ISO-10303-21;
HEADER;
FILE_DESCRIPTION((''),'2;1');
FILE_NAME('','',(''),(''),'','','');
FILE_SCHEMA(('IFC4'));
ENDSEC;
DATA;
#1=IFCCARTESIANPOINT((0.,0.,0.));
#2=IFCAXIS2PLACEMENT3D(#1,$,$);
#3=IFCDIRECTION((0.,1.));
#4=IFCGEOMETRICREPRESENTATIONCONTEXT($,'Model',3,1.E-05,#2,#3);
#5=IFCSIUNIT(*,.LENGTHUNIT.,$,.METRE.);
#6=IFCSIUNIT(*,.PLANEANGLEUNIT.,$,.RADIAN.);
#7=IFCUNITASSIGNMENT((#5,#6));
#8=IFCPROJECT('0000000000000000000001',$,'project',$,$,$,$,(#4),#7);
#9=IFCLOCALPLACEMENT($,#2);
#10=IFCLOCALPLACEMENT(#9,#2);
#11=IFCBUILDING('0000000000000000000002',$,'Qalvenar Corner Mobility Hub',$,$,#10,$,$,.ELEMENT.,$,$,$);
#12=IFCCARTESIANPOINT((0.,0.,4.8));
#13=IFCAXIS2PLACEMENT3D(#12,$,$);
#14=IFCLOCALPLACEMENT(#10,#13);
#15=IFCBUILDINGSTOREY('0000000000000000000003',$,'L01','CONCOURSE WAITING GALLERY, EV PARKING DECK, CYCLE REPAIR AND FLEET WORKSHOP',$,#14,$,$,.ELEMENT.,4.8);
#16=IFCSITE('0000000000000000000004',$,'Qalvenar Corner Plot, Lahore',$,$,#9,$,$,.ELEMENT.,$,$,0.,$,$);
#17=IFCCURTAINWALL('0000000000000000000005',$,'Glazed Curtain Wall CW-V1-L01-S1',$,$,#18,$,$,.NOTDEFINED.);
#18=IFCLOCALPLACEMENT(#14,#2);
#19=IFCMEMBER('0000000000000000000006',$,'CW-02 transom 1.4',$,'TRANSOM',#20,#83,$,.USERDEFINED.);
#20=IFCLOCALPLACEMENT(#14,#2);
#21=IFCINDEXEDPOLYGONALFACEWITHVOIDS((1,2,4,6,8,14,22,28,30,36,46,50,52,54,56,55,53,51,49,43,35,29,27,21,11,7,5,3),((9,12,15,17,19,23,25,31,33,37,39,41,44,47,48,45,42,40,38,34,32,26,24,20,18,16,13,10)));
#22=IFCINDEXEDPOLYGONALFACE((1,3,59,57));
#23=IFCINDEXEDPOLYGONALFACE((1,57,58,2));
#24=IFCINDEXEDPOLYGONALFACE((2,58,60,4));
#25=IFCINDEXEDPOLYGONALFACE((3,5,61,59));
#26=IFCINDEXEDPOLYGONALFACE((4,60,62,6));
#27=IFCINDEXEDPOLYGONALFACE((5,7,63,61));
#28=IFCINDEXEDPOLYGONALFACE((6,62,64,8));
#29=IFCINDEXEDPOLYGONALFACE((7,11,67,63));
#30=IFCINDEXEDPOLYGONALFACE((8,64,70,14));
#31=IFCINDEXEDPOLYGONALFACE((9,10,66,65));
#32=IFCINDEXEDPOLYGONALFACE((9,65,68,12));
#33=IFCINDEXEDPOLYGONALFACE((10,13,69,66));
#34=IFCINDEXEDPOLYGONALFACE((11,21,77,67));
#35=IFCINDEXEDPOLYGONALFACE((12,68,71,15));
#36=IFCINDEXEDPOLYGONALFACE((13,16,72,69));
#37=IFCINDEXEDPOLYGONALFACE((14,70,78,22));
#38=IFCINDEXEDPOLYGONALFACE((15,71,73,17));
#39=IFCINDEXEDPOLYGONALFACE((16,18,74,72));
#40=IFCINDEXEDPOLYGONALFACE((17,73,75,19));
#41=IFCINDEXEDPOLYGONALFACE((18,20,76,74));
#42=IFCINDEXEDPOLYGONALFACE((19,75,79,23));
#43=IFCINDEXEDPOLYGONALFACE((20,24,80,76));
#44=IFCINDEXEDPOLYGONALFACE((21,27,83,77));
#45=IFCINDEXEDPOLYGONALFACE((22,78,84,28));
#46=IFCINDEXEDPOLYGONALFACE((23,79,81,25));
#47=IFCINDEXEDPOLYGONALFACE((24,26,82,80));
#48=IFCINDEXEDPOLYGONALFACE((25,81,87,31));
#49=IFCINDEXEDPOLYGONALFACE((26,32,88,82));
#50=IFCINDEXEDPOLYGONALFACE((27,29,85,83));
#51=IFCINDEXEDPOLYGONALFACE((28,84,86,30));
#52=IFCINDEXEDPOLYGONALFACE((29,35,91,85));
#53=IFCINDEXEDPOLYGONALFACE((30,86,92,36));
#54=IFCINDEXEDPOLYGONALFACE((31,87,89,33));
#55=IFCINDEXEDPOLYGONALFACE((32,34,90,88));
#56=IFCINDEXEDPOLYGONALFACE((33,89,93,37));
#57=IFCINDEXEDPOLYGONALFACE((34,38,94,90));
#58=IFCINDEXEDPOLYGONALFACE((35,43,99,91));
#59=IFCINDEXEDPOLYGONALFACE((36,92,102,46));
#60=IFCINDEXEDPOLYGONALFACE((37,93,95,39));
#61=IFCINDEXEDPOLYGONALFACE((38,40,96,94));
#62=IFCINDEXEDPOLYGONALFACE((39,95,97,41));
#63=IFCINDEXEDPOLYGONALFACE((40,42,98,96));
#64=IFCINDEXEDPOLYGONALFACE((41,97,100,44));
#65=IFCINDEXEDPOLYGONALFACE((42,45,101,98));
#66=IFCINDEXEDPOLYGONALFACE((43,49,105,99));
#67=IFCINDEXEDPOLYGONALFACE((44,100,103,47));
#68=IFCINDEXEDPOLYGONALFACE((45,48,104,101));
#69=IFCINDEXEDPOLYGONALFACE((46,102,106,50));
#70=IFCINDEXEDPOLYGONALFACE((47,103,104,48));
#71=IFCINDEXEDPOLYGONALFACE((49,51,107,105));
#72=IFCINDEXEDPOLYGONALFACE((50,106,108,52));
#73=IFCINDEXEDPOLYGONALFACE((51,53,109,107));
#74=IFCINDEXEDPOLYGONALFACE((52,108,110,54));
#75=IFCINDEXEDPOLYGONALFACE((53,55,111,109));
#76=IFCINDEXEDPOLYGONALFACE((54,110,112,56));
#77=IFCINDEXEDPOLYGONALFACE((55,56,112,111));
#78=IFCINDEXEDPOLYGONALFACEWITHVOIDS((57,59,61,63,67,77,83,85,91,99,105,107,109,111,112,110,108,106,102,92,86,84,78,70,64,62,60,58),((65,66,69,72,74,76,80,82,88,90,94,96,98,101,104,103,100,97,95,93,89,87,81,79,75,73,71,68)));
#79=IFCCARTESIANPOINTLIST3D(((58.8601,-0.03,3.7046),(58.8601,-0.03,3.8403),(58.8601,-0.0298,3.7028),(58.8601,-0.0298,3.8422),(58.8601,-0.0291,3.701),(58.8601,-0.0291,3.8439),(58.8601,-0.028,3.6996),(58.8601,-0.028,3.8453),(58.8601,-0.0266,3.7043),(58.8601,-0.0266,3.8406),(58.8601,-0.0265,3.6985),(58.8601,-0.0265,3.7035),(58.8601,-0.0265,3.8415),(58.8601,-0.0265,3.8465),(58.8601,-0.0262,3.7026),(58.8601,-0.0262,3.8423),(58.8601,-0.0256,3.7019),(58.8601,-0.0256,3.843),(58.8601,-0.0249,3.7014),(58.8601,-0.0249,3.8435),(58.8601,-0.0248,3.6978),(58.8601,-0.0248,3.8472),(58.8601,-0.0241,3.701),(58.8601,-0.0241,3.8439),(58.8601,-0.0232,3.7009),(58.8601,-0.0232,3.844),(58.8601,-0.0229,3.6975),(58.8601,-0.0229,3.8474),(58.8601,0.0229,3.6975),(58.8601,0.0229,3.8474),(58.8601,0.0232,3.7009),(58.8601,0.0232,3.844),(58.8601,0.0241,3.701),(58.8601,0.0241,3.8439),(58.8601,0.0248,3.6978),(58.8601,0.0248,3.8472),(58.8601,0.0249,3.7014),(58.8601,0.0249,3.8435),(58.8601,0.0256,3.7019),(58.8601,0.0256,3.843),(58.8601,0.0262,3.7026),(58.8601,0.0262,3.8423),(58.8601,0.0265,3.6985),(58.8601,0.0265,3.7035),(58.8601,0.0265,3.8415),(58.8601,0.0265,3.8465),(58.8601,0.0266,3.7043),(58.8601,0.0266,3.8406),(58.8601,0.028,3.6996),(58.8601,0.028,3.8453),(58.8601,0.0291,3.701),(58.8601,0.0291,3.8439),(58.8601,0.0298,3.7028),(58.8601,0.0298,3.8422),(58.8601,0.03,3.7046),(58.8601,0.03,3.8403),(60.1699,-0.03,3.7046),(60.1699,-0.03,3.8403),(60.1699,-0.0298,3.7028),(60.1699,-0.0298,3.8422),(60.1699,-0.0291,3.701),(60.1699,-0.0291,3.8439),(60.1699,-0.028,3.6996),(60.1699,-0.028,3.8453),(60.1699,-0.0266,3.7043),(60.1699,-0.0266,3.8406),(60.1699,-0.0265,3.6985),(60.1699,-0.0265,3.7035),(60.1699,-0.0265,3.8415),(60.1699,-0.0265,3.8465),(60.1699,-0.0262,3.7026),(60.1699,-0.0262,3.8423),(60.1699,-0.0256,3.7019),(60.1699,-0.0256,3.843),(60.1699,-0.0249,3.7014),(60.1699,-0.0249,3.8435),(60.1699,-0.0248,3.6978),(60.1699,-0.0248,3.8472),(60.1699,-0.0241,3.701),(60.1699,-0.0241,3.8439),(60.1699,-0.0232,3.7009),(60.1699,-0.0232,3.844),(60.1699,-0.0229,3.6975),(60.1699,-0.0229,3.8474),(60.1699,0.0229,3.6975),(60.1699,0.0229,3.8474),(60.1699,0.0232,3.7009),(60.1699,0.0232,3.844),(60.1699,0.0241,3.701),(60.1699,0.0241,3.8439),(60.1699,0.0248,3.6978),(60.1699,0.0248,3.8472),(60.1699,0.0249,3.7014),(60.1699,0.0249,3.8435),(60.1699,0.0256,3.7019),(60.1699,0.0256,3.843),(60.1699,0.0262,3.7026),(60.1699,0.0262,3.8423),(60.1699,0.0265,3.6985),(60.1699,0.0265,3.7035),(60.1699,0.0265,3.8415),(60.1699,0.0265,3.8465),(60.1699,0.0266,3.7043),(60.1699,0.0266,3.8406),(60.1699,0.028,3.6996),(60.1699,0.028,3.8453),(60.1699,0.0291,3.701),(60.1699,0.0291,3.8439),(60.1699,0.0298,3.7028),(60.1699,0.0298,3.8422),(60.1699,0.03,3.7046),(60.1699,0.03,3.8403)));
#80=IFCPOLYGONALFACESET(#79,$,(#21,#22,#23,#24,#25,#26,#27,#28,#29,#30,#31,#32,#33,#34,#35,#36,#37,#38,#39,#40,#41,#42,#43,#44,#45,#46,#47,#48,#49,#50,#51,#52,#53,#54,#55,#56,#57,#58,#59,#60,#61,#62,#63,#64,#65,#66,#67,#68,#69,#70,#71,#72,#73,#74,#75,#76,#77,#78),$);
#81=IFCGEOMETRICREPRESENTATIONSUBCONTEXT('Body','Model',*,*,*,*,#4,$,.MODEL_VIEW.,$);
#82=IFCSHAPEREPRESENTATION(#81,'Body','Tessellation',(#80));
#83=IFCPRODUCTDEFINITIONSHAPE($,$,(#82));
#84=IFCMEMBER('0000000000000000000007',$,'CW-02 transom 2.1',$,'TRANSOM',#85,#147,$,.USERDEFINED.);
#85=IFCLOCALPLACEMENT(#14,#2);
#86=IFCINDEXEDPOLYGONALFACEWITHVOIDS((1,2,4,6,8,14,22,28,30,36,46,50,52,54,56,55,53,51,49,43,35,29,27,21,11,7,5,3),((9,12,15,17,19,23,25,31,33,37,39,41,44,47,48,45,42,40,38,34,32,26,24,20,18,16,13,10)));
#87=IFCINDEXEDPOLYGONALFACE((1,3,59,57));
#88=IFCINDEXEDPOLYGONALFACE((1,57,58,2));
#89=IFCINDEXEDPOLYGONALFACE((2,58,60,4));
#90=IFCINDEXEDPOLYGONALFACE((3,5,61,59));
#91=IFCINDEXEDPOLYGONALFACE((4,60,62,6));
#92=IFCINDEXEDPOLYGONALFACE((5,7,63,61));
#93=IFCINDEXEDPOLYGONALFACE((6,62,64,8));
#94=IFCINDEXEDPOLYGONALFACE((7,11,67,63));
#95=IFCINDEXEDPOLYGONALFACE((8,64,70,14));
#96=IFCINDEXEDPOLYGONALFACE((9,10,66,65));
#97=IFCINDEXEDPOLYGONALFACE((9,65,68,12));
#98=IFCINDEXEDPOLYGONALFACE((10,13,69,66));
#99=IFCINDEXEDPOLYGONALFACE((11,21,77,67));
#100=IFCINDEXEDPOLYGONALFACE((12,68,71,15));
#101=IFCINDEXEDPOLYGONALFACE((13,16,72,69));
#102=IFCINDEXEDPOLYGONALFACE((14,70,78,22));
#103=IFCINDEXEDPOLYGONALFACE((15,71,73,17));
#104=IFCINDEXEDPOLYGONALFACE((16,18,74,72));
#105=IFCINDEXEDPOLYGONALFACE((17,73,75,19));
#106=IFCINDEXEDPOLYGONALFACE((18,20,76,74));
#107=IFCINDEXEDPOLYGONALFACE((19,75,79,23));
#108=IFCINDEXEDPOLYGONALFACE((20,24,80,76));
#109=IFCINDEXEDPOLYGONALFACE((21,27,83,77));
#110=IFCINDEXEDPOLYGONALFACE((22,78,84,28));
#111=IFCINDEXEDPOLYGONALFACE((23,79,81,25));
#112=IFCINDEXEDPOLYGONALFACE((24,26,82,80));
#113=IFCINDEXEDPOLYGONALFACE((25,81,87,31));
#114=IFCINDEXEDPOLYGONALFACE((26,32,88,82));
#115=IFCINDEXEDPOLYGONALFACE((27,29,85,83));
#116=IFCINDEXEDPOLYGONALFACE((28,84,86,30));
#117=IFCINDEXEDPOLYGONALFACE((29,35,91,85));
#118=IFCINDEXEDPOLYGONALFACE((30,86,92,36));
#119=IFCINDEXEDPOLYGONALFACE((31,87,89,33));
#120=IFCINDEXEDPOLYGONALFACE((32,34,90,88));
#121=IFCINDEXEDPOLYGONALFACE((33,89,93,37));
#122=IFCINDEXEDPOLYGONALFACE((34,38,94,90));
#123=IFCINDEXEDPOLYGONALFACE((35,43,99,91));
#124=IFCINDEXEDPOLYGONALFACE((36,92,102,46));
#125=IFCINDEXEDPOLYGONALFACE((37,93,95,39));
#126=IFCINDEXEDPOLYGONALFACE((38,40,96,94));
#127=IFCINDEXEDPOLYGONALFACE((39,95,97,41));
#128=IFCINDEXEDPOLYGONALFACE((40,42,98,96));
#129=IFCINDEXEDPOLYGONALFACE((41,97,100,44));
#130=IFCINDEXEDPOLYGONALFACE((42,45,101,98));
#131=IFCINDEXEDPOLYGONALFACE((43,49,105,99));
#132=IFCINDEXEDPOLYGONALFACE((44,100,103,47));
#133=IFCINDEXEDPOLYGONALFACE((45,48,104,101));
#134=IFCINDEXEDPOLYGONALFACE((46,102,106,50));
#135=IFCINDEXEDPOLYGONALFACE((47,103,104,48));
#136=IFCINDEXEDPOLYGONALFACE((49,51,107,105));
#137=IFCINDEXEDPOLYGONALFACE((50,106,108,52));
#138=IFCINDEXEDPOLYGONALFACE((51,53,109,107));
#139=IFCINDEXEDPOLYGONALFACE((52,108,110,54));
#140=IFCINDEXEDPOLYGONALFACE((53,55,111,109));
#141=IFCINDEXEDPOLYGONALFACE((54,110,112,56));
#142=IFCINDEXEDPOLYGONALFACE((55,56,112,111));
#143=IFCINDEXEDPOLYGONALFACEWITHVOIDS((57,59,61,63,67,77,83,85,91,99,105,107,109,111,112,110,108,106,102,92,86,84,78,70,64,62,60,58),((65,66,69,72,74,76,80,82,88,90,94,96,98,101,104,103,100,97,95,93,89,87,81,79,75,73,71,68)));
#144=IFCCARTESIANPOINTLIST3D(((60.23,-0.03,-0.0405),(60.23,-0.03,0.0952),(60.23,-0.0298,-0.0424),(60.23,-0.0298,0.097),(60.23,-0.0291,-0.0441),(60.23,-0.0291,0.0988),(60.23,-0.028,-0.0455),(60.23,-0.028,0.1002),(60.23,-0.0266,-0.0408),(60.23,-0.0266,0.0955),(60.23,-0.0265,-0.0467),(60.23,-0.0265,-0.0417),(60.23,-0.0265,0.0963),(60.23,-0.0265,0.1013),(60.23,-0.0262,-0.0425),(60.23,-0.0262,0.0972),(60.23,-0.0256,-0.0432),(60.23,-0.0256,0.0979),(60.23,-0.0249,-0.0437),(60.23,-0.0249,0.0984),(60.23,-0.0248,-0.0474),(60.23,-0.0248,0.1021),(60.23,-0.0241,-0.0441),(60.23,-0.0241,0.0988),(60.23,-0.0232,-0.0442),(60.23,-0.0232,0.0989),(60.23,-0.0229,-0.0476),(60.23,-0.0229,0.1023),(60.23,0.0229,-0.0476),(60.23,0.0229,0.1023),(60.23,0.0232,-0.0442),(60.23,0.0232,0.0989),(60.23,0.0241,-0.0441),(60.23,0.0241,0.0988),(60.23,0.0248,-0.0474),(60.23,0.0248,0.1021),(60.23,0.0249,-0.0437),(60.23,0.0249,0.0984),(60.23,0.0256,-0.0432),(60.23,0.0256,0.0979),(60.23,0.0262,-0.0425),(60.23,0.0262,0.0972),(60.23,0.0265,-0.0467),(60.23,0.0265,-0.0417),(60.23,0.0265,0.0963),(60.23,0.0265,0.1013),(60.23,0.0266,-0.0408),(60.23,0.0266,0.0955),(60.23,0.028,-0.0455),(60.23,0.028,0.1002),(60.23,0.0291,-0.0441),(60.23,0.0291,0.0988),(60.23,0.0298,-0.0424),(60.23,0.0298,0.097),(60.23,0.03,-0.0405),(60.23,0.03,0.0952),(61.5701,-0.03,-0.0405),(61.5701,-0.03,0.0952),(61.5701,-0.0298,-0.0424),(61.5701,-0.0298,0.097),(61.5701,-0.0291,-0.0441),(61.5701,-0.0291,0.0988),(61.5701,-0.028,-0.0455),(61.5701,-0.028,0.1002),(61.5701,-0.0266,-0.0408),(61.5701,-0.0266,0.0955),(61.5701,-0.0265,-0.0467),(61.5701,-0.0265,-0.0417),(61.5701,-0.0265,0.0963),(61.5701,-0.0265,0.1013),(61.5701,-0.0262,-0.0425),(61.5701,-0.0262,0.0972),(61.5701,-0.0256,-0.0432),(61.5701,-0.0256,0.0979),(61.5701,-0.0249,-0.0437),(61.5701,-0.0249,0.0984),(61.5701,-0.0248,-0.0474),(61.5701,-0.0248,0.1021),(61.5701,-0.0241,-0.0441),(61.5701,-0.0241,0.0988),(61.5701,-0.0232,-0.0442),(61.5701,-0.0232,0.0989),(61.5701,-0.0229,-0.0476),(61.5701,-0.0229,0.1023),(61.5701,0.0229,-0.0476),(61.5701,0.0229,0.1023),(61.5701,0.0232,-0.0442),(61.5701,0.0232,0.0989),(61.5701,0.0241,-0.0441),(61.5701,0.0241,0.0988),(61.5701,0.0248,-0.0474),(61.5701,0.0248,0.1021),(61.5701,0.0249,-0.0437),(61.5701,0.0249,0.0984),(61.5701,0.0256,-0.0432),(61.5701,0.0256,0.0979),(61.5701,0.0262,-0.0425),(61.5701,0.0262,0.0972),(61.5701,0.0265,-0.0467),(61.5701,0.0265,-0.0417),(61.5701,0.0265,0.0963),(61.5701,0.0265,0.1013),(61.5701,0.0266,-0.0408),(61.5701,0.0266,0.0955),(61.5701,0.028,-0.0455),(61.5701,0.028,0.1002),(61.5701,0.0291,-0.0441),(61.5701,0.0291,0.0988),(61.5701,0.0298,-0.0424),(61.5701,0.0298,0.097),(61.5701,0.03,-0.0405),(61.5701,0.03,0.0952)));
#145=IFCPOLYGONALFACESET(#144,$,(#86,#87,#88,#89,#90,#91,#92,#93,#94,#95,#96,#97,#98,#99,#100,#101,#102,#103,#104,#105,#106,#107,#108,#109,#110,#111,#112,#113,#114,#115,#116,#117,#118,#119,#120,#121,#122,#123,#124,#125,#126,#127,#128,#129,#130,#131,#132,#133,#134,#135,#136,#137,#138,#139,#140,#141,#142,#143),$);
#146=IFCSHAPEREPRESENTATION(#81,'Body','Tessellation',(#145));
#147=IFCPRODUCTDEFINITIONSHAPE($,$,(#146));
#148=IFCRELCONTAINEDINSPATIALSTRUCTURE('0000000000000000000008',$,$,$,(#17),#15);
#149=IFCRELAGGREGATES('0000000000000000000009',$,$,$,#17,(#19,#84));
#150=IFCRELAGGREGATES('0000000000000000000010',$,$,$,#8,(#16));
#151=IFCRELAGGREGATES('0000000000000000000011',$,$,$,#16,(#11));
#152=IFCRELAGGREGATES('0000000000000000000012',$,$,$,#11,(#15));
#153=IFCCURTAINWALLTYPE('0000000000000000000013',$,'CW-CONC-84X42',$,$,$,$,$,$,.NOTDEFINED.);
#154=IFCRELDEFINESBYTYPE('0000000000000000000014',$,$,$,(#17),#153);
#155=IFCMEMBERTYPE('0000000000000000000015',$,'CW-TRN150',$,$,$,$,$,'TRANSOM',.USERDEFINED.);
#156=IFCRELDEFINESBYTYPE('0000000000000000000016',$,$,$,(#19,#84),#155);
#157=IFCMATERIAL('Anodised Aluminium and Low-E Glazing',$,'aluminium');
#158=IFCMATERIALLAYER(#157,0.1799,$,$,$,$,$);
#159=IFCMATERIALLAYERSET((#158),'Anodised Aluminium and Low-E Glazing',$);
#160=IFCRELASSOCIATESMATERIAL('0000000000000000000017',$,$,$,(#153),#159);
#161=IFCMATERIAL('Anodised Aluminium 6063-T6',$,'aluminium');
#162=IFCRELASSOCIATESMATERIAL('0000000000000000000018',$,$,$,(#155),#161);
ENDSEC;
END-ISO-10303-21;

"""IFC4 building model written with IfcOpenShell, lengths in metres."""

from ifc_helpers import new_model, si_unit, direction, frame, origin, origin_2d, place, context, subcontext, project, spatial, hollow_rectangle, extrude, material, layer, layer_set, material_profile, profile_set, type_object, element, aggregate, save


model = new_model("IFC4")

# Units and contexts
model_context = context("Model", 3, precision=1e-05, world=origin(), true_north=direction((0.0, 1.0)))
body_context = subcontext(model_context, "Body", "Model", "MODEL_VIEW")
ifc_project = project(units=[si_unit("LENGTHUNIT", "METRE"), si_unit("PLANEANGLEUNIT", "RADIAN")], contexts=[model_context])

# Site, building, storey
site_placement = place(None, origin())
site = spatial("IfcSite", under=ifc_project, at=site_placement, Name="Qalvenar Corner Plot, Lahore", CompositionType="ELEMENT", RefElevation=0.0)
building_placement = place(site_placement, origin())
building = spatial("IfcBuilding", under=site, at=building_placement, Name="Qalvenar Corner Mobility Hub", CompositionType="ELEMENT")
storey_placement = place(building_placement, frame((0.0, 0.0, 4.8)))
storey = spatial("IfcBuildingStorey", under=building, at=storey_placement, Name="L01", Description="CONCOURSE WAITING GALLERY, EV PARKING DECK, CYCLE REPAIR AND FLEET WORKSHOP", CompositionType="ELEMENT", Elevation=4.8)

# Curtain wall, members
ifc_material_1 = material(Name="Anodised Aluminium and Low-E Glazing", Category="aluminium")
ifc_layer_1 = layer(ifc_material_1, 0.1799)
ifc_layer_set_1 = layer_set([ifc_layer_1], Name="Anodised Aluminium and Low-E Glazing")
curtain_wall_type = type_object("IfcCurtainWallType", Name="CW-CONC-84X42", PredefinedType="NOTDEFINED", material=ifc_layer_set_1)
curtain_wall_placement = place(storey_placement, origin())
curtain_wall = element("IfcCurtainWall", 1, at=curtain_wall_placement, inside=storey, type_object=curtain_wall_type, Name="Glazed Curtain Wall CW-V1-L01-S1", PredefinedType="NOTDEFINED")
ifc_material_2 = material(Name="Anodised Aluminium 6063-T6", Category="aluminium")
ifc_material_profile_1 = material_profile(ifc_material_2, hollow_rectangle(XDim=0.0601, YDim=0.1499, WallThickness=0.0034, InnerFilletRadius=0.0034, OuterFilletRadius=0.0071, at=origin_2d()), Name="RHS150x60x3.5")
ifc_profile_set_1 = profile_set([ifc_material_profile_1], Name="Anodised Aluminium 6063-T6")
member_type_1 = type_object("IfcMemberType", Name="CW-TRN150", ElementType="TRANSOM", PredefinedType="USERDEFINED", material=ifc_profile_set_1)
member_1_placement = place(storey_placement, frame((58.8601, 0.0, 3.7725), z_axis=(1.0, 0.0, 0.0), x_axis=(0.0, 1.0, 0.0)))
member_1 = element("IfcMember", 2, at=member_1_placement, type_object=member_type_1, Name="CW-02 transom 1.4", ObjectType="TRANSOM", PredefinedType="USERDEFINED", context=body_context, shape_type="SweptSolid", body=[
    extrude(hollow_rectangle(XDim=0.0601, YDim=0.1499, WallThickness=0.0034, InnerFilletRadius=0.0034, OuterFilletRadius=0.0071, at=origin_2d()), origin(), (0.0, 0.0, 1.0), 1.3098),
])
member_2_placement = place(storey_placement, frame((60.23, 0.0, 0.0273), z_axis=(1.0, 0.0, 0.0), x_axis=(0.0, 1.0, 0.0)))
member_2 = element("IfcMember", 3, at=member_2_placement, type_object=member_type_1, Name="CW-02 transom 2.1", ObjectType="TRANSOM", PredefinedType="USERDEFINED", context=body_context, shape_type="SweptSolid", body=[
    extrude(hollow_rectangle(XDim=0.0601, YDim=0.1499, WallThickness=0.0034, InnerFilletRadius=0.0034, OuterFilletRadius=0.0071, at=origin_2d()), origin(), (0.0, 0.0, 1.0), 1.3401),
])
aggregate(curtain_wall, [member_1, member_2])

save(model, "model.ifc")
